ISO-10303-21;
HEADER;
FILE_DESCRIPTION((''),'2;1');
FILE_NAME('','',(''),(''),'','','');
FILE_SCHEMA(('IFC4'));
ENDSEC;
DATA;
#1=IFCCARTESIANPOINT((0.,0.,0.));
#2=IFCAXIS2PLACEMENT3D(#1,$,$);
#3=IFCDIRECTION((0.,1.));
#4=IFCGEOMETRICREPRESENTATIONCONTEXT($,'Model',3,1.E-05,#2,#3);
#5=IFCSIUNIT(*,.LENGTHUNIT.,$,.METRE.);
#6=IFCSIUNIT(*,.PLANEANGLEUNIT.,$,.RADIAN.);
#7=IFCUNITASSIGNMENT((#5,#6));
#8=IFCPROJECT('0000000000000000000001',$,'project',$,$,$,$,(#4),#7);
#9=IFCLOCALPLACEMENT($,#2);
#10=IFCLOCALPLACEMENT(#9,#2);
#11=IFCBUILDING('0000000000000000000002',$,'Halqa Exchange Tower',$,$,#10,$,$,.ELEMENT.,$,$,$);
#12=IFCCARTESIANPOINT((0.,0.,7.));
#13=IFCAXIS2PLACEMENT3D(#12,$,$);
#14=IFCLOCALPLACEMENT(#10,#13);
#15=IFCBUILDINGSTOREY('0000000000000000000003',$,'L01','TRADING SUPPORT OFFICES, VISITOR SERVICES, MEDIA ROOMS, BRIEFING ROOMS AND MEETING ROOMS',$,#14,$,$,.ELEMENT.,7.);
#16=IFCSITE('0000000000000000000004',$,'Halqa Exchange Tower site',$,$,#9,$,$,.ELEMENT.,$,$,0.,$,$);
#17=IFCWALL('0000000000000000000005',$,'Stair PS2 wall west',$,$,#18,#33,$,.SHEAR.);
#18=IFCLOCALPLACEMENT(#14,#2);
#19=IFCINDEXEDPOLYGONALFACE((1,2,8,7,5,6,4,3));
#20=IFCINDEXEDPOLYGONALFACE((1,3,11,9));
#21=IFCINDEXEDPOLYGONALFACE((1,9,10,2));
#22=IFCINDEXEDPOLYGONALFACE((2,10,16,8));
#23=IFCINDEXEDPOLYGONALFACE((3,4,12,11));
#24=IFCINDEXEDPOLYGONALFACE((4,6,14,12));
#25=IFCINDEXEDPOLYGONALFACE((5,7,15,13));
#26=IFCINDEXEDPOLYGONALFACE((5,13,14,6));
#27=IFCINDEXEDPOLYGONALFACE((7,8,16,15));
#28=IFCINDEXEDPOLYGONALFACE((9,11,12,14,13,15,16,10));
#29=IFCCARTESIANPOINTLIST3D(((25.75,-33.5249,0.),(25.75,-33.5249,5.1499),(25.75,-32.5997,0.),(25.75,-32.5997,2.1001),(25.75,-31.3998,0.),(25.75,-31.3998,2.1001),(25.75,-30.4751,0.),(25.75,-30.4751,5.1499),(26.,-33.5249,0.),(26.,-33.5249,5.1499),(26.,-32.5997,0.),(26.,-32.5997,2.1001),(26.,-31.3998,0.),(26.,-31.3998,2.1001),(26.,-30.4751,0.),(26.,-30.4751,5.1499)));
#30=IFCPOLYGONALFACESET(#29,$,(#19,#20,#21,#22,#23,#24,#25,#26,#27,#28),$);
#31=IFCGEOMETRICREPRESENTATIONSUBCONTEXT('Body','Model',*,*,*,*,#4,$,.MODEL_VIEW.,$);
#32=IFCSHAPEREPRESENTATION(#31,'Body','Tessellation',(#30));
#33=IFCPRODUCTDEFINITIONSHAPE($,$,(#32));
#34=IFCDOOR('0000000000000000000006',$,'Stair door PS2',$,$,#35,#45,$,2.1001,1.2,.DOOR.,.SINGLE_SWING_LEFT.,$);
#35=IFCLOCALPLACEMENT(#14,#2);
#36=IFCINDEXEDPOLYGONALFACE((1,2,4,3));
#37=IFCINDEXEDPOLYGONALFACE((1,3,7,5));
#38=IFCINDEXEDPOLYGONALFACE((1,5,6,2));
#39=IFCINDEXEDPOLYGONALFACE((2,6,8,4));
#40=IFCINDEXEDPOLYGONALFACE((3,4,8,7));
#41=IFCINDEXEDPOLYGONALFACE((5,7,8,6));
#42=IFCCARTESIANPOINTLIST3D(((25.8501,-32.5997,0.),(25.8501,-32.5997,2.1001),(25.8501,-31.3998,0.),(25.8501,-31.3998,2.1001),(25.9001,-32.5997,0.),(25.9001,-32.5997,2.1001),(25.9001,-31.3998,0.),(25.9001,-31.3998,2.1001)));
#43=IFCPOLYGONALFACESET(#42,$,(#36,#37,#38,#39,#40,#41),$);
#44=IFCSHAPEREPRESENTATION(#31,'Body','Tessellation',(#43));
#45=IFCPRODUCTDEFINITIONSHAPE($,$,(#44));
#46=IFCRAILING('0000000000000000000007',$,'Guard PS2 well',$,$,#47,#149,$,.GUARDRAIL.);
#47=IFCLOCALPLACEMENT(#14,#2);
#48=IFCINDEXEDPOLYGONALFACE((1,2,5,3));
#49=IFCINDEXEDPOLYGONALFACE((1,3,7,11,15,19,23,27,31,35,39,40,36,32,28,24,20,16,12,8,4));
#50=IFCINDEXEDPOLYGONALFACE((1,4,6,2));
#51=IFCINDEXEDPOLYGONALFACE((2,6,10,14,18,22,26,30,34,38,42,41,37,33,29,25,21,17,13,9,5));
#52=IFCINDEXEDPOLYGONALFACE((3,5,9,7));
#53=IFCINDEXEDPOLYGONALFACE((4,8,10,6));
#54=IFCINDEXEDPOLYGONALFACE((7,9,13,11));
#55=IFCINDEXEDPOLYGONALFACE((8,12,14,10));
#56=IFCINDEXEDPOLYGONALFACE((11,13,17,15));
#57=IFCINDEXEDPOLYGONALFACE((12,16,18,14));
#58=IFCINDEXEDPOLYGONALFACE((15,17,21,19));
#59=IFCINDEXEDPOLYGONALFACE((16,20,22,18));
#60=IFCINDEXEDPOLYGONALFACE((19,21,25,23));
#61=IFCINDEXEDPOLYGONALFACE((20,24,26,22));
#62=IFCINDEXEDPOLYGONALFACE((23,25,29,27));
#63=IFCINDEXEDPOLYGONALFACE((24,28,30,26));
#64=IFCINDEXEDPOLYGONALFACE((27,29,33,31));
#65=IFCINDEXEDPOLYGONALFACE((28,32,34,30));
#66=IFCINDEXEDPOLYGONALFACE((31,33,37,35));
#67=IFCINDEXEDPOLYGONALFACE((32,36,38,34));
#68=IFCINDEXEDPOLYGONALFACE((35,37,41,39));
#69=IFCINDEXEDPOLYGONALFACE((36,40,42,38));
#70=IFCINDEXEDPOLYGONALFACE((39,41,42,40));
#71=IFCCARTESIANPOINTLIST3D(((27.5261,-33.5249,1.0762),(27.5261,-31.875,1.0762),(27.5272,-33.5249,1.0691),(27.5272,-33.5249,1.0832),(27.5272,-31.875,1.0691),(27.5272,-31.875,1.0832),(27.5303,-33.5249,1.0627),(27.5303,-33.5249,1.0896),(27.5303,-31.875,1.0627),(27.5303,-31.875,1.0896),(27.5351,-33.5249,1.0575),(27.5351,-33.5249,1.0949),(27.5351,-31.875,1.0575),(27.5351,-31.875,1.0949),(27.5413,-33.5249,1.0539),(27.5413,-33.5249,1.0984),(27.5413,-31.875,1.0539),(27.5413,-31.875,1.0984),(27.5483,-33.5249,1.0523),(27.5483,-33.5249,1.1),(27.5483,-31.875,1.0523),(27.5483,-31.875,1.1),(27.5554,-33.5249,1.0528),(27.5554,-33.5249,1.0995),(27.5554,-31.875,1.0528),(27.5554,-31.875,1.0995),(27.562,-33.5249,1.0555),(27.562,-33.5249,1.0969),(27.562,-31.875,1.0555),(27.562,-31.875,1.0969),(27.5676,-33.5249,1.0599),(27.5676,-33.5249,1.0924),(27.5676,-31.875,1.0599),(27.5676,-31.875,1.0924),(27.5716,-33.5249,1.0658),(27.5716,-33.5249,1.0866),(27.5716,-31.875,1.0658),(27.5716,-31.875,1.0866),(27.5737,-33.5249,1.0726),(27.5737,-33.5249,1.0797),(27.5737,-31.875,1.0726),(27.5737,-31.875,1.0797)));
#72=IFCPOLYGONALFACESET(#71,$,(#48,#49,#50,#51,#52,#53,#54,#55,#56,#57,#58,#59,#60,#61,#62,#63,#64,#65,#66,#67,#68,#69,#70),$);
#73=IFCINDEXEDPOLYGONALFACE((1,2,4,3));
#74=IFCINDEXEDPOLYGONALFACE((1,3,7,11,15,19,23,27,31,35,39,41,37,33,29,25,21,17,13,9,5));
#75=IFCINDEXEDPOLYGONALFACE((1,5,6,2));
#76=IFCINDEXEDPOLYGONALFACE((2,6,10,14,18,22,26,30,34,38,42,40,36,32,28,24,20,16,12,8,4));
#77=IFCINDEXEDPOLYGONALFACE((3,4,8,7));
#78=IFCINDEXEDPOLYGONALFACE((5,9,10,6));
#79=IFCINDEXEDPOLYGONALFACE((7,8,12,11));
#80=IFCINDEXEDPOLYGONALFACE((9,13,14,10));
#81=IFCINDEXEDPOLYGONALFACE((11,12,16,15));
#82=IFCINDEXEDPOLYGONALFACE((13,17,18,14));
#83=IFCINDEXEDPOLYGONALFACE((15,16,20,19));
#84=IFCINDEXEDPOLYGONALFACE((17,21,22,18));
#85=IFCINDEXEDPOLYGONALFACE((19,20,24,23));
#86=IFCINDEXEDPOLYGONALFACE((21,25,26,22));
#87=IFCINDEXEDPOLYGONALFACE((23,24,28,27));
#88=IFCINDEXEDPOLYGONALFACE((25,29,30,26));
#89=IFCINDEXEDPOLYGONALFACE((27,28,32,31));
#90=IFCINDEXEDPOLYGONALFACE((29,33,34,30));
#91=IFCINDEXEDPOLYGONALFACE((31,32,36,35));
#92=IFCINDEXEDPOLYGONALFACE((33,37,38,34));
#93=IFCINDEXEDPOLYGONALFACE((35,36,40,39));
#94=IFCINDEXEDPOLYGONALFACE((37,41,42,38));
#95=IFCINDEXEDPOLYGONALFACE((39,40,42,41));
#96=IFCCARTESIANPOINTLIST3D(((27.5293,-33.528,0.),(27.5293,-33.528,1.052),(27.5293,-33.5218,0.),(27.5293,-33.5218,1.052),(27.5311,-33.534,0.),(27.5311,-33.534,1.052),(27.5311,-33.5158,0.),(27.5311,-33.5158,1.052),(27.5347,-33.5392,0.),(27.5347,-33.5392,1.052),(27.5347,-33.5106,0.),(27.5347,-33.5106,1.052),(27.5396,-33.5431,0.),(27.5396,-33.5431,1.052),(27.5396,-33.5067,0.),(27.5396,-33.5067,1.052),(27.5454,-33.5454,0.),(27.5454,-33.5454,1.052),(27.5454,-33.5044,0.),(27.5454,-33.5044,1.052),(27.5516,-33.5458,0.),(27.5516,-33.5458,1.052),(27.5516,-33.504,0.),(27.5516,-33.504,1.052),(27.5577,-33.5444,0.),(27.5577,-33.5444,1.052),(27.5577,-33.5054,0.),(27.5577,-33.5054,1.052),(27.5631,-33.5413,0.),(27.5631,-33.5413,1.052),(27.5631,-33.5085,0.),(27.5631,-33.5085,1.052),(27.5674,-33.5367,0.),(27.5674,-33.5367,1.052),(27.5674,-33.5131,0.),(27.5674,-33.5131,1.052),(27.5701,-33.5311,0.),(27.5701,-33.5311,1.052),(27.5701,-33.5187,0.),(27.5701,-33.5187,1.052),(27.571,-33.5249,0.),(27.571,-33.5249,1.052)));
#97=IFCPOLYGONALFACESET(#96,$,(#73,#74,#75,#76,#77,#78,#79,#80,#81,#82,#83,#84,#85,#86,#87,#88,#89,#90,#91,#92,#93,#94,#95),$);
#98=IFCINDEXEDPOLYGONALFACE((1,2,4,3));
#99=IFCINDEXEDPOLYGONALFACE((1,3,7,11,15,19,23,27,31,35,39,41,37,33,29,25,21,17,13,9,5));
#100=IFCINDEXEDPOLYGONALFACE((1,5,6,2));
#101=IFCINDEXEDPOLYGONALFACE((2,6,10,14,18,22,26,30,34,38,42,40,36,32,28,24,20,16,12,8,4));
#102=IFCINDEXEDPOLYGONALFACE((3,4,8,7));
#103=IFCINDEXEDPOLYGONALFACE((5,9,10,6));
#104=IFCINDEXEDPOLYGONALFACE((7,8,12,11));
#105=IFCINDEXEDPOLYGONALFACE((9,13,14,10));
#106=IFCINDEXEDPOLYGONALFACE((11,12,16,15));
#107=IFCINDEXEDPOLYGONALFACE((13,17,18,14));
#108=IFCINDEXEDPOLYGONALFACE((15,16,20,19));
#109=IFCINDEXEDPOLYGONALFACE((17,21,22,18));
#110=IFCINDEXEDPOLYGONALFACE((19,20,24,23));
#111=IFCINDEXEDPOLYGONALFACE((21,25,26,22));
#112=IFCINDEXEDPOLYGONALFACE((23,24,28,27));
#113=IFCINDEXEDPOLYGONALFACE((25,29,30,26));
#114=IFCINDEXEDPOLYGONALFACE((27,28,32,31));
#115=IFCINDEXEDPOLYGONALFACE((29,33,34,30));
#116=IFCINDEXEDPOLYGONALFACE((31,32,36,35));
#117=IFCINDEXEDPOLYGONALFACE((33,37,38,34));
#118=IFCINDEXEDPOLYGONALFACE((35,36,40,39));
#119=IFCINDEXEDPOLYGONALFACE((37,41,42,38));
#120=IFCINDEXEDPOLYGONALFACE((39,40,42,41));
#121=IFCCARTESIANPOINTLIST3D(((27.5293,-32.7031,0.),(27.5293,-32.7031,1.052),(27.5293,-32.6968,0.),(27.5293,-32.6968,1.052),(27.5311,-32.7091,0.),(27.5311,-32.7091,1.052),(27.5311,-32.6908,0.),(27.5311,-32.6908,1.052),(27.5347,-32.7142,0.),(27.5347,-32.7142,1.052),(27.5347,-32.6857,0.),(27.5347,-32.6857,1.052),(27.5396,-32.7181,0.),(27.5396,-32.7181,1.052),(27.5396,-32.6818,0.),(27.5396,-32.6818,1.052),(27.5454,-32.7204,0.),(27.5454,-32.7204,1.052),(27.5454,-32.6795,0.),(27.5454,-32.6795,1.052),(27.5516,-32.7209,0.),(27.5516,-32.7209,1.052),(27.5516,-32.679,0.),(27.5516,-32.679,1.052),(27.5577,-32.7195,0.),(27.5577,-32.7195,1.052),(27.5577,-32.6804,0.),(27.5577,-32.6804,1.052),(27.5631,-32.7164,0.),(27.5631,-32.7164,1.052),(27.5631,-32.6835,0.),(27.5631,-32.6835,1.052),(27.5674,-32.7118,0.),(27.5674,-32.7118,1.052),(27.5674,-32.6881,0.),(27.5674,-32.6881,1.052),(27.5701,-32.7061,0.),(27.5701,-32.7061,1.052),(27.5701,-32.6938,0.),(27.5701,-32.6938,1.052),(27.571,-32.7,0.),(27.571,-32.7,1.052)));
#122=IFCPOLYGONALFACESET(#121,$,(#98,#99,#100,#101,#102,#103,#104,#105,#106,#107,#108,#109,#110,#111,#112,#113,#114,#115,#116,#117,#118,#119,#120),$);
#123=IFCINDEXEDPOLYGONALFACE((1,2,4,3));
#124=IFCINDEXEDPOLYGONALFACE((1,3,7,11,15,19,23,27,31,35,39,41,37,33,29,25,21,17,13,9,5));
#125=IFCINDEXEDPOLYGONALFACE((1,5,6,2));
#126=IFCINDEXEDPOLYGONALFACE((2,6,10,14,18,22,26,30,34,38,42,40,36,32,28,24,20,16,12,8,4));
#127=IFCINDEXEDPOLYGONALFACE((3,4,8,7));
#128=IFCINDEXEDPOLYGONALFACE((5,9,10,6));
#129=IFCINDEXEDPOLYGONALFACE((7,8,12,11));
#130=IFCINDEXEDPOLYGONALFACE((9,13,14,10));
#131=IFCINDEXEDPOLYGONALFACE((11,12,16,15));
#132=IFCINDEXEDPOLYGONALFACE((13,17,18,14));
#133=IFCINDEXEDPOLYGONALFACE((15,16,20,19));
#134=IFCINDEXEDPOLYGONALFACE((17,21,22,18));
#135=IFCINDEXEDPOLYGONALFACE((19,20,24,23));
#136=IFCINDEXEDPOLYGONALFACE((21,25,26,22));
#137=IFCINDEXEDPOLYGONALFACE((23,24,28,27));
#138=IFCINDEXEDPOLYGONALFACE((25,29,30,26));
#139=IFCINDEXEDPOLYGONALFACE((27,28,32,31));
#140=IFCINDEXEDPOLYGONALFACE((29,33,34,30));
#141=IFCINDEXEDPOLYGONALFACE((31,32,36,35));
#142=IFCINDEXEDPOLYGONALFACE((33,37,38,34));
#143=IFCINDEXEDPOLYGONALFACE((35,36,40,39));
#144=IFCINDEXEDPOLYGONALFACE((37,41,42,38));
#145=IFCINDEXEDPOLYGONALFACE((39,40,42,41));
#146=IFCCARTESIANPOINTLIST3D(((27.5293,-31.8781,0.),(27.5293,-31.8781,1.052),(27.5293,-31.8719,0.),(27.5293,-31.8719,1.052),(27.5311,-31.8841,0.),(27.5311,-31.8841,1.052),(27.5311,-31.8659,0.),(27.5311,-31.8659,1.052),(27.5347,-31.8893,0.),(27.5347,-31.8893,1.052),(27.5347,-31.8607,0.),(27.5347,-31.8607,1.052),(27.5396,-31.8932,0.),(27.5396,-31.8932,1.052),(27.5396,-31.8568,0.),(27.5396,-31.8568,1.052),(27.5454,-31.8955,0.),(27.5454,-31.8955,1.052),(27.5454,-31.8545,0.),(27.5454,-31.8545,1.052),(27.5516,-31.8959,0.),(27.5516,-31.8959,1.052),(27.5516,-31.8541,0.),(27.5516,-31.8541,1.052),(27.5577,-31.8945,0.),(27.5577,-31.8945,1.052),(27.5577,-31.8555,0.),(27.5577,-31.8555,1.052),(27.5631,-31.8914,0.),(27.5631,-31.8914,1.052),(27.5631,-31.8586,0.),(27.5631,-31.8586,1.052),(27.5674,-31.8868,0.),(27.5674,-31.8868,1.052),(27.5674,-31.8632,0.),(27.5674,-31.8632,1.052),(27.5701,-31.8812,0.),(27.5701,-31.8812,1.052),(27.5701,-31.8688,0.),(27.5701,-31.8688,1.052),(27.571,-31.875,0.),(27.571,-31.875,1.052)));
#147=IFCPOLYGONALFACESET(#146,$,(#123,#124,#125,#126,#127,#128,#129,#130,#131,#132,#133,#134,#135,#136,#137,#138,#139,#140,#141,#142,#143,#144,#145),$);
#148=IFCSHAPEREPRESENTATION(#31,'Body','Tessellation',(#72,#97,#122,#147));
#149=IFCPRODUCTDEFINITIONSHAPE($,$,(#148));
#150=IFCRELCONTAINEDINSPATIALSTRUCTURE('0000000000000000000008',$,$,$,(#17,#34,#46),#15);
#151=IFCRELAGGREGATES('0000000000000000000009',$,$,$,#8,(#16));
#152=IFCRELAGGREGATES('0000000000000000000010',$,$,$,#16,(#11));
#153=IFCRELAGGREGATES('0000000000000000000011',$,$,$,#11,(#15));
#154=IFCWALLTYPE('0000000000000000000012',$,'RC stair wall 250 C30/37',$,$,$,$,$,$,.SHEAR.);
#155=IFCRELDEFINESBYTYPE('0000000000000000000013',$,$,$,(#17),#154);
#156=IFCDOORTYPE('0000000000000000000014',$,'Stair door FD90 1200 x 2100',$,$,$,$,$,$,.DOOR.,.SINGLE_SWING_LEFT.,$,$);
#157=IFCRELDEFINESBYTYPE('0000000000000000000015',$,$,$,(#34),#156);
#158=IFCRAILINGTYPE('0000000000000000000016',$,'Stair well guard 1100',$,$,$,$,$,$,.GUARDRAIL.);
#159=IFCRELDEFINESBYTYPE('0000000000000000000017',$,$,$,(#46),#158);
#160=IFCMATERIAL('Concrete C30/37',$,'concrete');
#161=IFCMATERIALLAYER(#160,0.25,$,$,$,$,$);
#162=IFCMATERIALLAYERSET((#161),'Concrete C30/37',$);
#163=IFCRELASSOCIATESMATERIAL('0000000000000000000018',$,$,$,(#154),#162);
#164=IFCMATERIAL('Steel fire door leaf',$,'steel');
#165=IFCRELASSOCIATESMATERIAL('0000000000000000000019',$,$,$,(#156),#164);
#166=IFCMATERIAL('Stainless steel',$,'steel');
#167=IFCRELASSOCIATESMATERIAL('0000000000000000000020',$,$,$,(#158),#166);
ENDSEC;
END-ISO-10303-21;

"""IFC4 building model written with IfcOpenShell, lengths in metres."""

from ifc_helpers import new_model, si_unit, direction, frame, frame_2d, origin, origin_2d, place, context, subcontext, project, spatial, rectangle, circle, extrude, material, layer, layer_set, type_object, element, fill, save


model = new_model("IFC4")

# Units and contexts
model_context = context("Model", 3, precision=1e-05, world=origin(), true_north=direction((0.0, 1.0)))
body_context = subcontext(model_context, "Body", "Model", "MODEL_VIEW")
ifc_project = project(units=[si_unit("LENGTHUNIT", "METRE"), si_unit("PLANEANGLEUNIT", "RADIAN")], contexts=[model_context])

# Site, building, storey
site_placement = place(None, origin())
site = spatial("IfcSite", under=ifc_project, at=site_placement, Name="Halqa Exchange Tower site", CompositionType="ELEMENT", RefElevation=0.0)
building_placement = place(site_placement, origin())
building = spatial("IfcBuilding", under=site, at=building_placement, Name="Halqa Exchange Tower", CompositionType="ELEMENT")
storey_placement = place(building_placement, frame((0.0, 0.0, 7.0)))
storey = spatial("IfcBuildingStorey", under=building, at=storey_placement, Name="L01", Description="TRADING SUPPORT OFFICES, VISITOR SERVICES, MEDIA ROOMS, BRIEFING ROOMS AND MEETING ROOMS", CompositionType="ELEMENT", Elevation=7.0)

# Shared definitions
ifc_material_1 = material(Name="Concrete C30/37", Category="concrete")
ifc_layer_1 = layer(ifc_material_1, 0.25)
ifc_layer_set_1 = layer_set([ifc_layer_1], Name="Concrete C30/37")
wall_type_1 = type_object("IfcWallType", Name="RC stair wall 250 C30/37", PredefinedType="SHEAR", material=ifc_layer_set_1)

# Wall, opening, door
wall_1_placement = place(storey_placement, frame((25.875, -33.5249, 0.0), z_axis=(0.0, 0.0, 1.0), x_axis=(0.0, 1.0, 0.0)))
wall_1 = element("IfcWall", 1, at=wall_1_placement, inside=storey, type_object=wall_type_1, Name="Stair PS2 wall west", PredefinedType="SHEAR", context=body_context, shape_type="SweptSolid", body=[
    extrude(rectangle(XDim=3.0498, YDim=0.25, at=frame_2d((1.5249, 0.0))), origin(), (0.0, 0.0, 1.0), 5.1499),
])
opening_placement = place(wall_1_placement, frame((0.925, 0.0, 0.0)))
opening = element("IfcOpeningElement", 2, at=opening_placement, cuts=wall_1, PredefinedType="OPENING", context=body_context, shape_type="SweptSolid", body=[
    extrude(rectangle(XDim=1.2, YDim=2.1001, at=frame_2d((0.6001, 1.05))), frame((0.0, 0.137, 0.0), z_axis=(0.0, -1.0, 0.0), x_axis=(1.0, 0.0, 0.0)), (0.0, 0.0, 1.0), 0.2739),
])
ifc_material_2 = material(Name="Steel fire door leaf", Category="steel")
door_type = type_object("IfcDoorType", Name="Stair door FD90 1200 x 2100", OperationType="SINGLE_SWING_LEFT", PredefinedType="DOOR", material=ifc_material_2)
door_placement = place(opening_placement, origin())
door = element("IfcDoor", 3, at=door_placement, inside=storey, type_object=door_type, Name="Stair door PS2", OperationType="SINGLE_SWING_LEFT", OverallHeight=2.1001, OverallWidth=1.2, PredefinedType="DOOR", context=body_context, shape_type="SweptSolid", body=[
    extrude(rectangle(XDim=1.2, YDim=2.1001, at=frame_2d((0.6001, 1.05))), frame((0.0, 0.0249, 0.0), z_axis=(0.0, -1.0, 0.0), x_axis=(1.0, 0.0, 0.0)), (0.0, 0.0, 1.0), 0.05),
])
fill(opening, door)

# Railing
ifc_material_3 = material(Name="Stainless steel", Category="steel")
railing_type = type_object("IfcRailingType", Name="Stair well guard 1100", PredefinedType="GUARDRAIL", material=ifc_material_3)
railing_placement = place(storey_placement, frame((27.55, -33.5249, 0.0)))
element("IfcRailing", 4, at=railing_placement, inside=storey, type_object=railing_type, Name="Guard PS2 well", PredefinedType="GUARDRAIL", context=body_context, shape_type="SweptSolid", body=[
    extrude(circle(Radius=0.0239, at=origin_2d()), frame((0.0, 0.0, 1.0762), z_axis=(0.0, 1.0, 0.0), x_axis=(-1.0, 0.0, 0.0)), (0.0, 0.0, 1.0), 1.6499),
    extrude(circle(Radius=0.021, at=origin_2d()), origin(), (0.0, 0.0, 1.0), 1.052),
    extrude(circle(Radius=0.021, at=origin_2d()), frame((0.0, 0.825, 0.0)), (0.0, 0.0, 1.0), 1.052),
    extrude(circle(Radius=0.021, at=origin_2d()), frame((0.0, 1.6499, 0.0)), (0.0, 0.0, 1.0), 1.052),
])

save(model, "model.ifc")
